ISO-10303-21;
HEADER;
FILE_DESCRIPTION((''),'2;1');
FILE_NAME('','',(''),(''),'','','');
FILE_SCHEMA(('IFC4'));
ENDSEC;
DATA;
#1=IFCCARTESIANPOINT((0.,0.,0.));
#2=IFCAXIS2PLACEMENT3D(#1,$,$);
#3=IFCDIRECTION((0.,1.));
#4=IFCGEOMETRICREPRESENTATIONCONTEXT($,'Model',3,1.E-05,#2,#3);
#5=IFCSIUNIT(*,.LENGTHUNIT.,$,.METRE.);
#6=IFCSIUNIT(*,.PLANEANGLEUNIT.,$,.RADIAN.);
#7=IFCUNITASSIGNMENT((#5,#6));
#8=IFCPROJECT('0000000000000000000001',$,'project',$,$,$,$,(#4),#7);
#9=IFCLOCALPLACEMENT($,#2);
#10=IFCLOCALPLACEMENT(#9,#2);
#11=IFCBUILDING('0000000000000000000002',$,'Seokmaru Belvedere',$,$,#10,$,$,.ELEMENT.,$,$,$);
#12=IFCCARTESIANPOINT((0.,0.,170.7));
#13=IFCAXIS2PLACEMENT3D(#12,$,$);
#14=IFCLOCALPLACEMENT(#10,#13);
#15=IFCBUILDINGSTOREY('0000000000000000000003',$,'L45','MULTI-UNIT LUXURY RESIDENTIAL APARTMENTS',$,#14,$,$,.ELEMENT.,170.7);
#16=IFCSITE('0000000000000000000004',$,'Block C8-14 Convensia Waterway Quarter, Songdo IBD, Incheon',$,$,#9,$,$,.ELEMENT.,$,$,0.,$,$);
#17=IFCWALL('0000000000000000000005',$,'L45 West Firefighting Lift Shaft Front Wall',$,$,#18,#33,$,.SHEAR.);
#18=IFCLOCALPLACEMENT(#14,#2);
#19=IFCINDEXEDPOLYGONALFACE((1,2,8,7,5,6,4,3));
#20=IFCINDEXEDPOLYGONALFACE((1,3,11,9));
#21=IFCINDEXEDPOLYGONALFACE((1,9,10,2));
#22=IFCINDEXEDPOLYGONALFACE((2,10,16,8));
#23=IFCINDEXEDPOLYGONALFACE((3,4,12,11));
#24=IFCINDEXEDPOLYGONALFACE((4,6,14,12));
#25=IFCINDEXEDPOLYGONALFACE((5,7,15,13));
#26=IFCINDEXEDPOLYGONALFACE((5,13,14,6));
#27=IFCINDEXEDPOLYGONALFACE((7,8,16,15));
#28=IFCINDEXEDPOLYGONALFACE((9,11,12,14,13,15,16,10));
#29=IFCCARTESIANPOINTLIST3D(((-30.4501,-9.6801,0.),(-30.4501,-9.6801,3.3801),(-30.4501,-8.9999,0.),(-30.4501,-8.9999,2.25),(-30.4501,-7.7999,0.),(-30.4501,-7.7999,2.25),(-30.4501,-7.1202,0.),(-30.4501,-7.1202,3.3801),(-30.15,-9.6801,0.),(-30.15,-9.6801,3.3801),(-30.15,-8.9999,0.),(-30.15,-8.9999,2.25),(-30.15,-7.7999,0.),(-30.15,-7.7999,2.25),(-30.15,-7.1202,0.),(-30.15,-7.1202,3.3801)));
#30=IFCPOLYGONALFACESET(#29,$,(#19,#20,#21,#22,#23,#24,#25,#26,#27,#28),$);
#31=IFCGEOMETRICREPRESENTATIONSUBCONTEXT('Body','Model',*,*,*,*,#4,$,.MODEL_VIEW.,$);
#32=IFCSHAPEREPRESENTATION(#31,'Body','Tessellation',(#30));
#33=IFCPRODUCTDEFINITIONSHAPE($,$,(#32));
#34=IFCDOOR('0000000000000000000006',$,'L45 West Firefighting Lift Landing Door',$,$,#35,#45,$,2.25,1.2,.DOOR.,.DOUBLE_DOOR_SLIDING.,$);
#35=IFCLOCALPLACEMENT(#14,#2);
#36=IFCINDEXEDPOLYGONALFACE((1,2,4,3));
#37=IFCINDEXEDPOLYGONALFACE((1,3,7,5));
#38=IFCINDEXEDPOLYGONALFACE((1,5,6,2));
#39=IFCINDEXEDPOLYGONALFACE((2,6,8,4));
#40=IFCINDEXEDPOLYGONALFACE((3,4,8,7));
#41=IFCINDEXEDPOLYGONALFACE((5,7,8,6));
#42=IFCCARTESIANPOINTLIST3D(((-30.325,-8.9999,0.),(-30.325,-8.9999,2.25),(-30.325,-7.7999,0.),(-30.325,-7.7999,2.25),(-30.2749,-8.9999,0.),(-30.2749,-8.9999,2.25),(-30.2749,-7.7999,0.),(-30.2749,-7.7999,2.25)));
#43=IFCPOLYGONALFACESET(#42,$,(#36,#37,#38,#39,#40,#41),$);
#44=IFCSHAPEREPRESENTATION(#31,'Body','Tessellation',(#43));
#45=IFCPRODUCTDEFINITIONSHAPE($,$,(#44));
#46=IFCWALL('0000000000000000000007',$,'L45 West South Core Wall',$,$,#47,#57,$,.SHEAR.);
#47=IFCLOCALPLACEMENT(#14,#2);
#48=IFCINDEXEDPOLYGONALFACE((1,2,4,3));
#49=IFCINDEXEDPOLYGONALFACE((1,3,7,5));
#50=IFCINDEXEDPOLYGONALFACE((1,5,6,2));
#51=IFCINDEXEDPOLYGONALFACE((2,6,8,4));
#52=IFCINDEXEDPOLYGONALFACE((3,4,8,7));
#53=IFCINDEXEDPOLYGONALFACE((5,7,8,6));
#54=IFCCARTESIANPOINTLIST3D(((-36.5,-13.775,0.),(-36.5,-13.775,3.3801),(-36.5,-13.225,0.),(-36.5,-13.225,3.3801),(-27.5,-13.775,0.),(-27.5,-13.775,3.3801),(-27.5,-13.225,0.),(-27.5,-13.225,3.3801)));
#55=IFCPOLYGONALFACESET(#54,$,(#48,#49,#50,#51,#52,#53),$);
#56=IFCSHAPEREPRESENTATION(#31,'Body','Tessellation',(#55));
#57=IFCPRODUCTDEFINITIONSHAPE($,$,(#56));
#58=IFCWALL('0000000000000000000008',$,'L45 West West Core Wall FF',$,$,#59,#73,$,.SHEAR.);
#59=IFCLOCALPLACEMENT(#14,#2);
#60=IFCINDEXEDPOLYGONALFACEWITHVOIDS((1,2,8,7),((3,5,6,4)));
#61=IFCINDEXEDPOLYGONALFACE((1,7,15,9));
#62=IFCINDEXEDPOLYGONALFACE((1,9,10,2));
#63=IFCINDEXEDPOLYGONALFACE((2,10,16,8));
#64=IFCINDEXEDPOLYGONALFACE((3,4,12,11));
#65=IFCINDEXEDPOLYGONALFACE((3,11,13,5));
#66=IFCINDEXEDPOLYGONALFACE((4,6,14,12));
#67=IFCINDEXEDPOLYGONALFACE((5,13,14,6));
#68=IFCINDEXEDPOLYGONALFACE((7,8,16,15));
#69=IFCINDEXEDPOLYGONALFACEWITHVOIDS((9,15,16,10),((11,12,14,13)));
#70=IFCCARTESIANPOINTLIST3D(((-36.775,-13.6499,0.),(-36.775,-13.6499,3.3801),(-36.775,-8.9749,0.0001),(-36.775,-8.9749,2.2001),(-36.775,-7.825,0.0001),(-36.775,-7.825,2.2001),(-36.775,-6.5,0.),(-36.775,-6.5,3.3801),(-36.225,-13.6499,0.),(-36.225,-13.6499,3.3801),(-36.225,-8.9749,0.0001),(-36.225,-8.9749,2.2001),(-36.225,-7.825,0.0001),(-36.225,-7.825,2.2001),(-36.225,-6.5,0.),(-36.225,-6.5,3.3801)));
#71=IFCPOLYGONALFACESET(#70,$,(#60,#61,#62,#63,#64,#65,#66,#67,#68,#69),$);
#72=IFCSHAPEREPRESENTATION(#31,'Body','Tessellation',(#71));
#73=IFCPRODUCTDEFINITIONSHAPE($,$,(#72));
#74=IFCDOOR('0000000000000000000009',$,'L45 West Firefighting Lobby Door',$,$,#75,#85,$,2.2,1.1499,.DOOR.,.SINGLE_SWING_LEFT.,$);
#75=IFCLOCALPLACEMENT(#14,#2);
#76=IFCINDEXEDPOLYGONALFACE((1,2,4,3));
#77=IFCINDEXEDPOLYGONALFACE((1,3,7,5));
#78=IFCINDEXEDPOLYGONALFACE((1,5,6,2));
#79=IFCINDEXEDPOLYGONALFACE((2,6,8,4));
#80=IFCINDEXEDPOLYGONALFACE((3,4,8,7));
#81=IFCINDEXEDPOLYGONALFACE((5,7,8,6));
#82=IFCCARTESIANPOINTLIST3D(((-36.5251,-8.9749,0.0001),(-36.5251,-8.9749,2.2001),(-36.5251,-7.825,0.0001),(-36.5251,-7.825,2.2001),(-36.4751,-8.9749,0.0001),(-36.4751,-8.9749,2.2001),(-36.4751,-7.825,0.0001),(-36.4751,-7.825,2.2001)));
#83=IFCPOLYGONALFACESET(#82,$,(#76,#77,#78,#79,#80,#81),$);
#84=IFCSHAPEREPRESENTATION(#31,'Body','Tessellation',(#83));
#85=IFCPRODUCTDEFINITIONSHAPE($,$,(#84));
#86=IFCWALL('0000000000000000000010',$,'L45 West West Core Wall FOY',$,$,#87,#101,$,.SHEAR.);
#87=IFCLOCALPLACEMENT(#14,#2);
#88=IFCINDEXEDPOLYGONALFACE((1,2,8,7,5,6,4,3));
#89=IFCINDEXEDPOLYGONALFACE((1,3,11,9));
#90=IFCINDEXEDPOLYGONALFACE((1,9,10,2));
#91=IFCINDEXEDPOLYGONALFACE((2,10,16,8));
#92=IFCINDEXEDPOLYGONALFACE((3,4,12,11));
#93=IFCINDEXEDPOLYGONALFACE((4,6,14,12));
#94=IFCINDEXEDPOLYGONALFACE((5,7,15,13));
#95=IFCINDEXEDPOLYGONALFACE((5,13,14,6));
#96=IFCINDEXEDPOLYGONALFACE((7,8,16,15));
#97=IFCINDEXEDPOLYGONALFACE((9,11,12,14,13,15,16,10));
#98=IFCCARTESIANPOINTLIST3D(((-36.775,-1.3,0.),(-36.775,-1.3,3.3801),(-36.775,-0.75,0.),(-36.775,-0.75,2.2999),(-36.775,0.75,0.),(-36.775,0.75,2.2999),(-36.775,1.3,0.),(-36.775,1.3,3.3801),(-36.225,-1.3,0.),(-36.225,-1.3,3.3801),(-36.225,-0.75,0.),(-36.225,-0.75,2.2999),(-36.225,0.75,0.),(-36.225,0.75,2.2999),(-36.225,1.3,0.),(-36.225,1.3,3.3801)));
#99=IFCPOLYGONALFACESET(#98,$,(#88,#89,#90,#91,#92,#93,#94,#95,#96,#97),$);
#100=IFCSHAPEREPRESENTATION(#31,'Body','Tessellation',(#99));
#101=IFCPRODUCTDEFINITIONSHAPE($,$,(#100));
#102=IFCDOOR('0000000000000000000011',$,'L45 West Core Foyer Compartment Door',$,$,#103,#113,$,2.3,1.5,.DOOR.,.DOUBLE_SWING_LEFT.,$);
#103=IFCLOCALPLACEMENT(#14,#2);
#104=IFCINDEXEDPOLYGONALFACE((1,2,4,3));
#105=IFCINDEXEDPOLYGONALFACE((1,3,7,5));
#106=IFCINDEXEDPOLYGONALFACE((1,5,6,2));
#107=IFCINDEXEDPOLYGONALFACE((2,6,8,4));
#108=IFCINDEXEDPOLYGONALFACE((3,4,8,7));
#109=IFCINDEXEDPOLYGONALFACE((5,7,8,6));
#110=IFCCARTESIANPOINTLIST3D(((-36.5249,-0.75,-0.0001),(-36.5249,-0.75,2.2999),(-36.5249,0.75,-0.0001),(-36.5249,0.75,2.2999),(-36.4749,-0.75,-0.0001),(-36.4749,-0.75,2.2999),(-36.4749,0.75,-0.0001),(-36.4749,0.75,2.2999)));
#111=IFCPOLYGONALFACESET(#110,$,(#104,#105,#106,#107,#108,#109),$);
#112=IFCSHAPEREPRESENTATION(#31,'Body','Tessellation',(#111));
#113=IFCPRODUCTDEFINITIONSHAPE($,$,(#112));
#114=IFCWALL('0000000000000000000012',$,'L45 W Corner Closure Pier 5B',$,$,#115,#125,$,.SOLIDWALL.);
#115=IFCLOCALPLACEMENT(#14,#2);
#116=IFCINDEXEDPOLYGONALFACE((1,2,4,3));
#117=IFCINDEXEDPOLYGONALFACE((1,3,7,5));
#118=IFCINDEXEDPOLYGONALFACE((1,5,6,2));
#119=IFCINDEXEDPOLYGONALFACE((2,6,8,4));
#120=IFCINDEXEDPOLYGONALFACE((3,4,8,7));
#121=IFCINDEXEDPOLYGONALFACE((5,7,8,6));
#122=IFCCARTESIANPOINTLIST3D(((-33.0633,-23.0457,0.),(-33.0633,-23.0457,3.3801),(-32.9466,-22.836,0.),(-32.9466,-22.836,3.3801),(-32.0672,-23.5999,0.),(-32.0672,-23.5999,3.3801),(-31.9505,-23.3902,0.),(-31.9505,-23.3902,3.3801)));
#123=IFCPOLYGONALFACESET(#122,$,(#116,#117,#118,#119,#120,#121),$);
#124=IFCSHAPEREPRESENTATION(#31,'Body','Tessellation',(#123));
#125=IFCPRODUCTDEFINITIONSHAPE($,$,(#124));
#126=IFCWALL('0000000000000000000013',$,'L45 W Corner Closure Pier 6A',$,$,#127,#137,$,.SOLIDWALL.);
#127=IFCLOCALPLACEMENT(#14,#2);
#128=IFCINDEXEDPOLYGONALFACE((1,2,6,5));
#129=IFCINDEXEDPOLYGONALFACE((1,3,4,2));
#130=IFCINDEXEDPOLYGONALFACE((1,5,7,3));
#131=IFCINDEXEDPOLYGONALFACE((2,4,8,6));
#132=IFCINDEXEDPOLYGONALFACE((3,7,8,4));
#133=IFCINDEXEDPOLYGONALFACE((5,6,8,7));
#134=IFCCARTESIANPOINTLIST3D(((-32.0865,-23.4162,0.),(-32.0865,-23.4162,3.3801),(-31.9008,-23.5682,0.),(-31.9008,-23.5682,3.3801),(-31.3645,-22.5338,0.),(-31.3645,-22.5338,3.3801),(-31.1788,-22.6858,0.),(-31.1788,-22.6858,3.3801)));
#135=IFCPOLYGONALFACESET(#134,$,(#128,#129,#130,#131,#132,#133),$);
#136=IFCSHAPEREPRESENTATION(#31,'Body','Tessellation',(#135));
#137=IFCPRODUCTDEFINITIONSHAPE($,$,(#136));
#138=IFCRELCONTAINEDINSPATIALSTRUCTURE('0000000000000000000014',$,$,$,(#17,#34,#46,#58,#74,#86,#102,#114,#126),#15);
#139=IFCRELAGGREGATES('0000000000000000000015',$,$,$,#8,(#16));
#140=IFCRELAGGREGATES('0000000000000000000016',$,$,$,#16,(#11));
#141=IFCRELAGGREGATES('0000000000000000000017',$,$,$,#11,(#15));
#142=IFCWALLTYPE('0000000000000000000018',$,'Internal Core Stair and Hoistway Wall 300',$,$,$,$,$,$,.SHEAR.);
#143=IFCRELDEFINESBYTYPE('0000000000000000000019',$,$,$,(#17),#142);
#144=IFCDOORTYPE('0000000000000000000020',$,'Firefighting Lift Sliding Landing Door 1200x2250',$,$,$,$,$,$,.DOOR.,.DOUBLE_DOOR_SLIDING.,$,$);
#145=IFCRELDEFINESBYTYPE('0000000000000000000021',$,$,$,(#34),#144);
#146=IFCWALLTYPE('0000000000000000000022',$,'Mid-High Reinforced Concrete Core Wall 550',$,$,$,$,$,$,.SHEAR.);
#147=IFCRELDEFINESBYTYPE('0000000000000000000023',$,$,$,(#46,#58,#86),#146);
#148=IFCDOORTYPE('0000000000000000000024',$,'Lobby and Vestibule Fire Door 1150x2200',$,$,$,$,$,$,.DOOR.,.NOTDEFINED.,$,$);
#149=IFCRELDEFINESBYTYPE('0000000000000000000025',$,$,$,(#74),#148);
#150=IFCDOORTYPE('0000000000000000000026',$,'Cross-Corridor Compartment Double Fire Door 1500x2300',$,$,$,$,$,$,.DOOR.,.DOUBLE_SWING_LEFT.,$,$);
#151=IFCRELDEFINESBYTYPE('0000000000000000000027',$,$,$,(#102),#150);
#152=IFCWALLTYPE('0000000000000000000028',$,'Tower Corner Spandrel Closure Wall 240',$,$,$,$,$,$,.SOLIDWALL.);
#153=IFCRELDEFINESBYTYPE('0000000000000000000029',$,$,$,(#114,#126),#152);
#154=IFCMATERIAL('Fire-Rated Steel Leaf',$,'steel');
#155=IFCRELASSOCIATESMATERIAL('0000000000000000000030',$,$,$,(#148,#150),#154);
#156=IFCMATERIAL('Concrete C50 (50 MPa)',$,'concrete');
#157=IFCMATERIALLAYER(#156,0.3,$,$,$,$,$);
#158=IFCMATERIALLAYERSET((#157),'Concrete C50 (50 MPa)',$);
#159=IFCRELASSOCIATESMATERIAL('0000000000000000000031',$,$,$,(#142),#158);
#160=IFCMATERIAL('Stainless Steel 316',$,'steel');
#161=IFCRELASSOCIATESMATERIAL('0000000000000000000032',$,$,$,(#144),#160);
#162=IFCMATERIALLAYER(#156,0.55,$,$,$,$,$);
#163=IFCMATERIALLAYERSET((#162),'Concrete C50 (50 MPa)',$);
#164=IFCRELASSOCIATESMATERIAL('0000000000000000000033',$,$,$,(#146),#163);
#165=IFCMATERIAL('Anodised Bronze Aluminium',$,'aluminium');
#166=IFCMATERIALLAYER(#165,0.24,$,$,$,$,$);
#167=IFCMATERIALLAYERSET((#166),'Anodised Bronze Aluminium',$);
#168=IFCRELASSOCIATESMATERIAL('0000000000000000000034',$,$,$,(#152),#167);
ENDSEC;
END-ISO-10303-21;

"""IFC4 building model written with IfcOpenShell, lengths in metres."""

from ifc_helpers import new_model, si_unit, direction, frame, frame_2d, origin, place, context, subcontext, project, spatial, rectangle, extrude, source, transform, mapped, material, layer, layer_set, type_object, type_shapes, element, fill, save


model = new_model("IFC4")

# Units and contexts
model_context = context("Model", 3, precision=1e-05, world=origin(), true_north=direction((0.0, 1.0)))
body_context = subcontext(model_context, "Body", "Model", "MODEL_VIEW")
ifc_project = project(units=[si_unit("LENGTHUNIT", "METRE"), si_unit("PLANEANGLEUNIT", "RADIAN")], contexts=[model_context])

# Site, building, storey
site_placement = place(None, origin())
site = spatial("IfcSite", under=ifc_project, at=site_placement, Name="Block C8-14 Convensia Waterway Quarter, Songdo IBD, Incheon", CompositionType="ELEMENT", RefElevation=0.0)
building_placement = place(site_placement, origin())
building = spatial("IfcBuilding", under=site, at=building_placement, Name="Seokmaru Belvedere", CompositionType="ELEMENT")
storey_placement = place(building_placement, frame((0.0, 0.0, 170.7)))
storey = spatial("IfcBuildingStorey", under=building, at=storey_placement, Name="L45", Description="MULTI-UNIT LUXURY RESIDENTIAL APARTMENTS", CompositionType="ELEMENT", Elevation=170.7)

# Shared definitions
ifc_material_1 = material(Name="Anodised Bronze Aluminium", Category="aluminium")

# Shared definitions
ifc_material_2 = material(Name="Fire-Rated Steel Leaf", Category="steel")
door_type_1 = type_object("IfcDoorType", Name="Lobby and Vestibule Fire Door 1150x2200", OperationType="NOTDEFINED", PredefinedType="DOOR", material=ifc_material_2)
shared_shape_1 = source(origin(), body_context, "Body", "SweptSolid", [
    extrude(rectangle(XDim=1.1499, YDim=2.2, at=frame_2d((0.575, 1.1001))), frame((0.0, 0.0249, 0.0), z_axis=(0.0, -1.0, 0.0), x_axis=(1.0, 0.0, 0.0)), (0.0, 0.0, 1.0), 0.05),
])
type_shapes(door_type_1, [shared_shape_1])

# Wall, opening, door
ifc_material_3 = material(Name="Concrete C50 (50 MPa)", Category="concrete")
ifc_layer_1 = layer(ifc_material_3, 0.3)
ifc_layer_set_1 = layer_set([ifc_layer_1], Name="Concrete C50 (50 MPa)")
wall_type_1 = type_object("IfcWallType", Name="Internal Core Stair and Hoistway Wall 300", PredefinedType="SHEAR", material=ifc_layer_set_1)
wall_1_placement = place(storey_placement, frame((-30.3, -9.6799, 0.0), z_axis=(0.0, 0.0, 1.0), x_axis=(0.0, 1.0, 0.0)))
wall_1 = element("IfcWall", 1, at=wall_1_placement, inside=storey, type_object=wall_type_1, Name="L45 West Firefighting Lift Shaft Front Wall", PredefinedType="SHEAR", context=body_context, shape_type="SweptSolid", body=[
    extrude(rectangle(XDim=2.5598, YDim=0.3, at=frame_2d((1.2798, 0.0))), origin(), (0.0, 0.0, 1.0), 3.3801),
])
opening_1_placement = place(wall_1_placement, frame((0.6799, 0.0, 0.0)))
opening_1 = element("IfcOpeningElement", 2, at=opening_1_placement, cuts=wall_1, PredefinedType="OPENING", context=body_context, shape_type="SweptSolid", body=[
    extrude(rectangle(XDim=1.2, YDim=2.25, at=frame_2d((0.6001, 1.125))), frame((0.0, 0.1602, 0.0), z_axis=(0.0, -1.0, 0.0), x_axis=(1.0, 0.0, 0.0)), (0.0, 0.0, 1.0), 0.3201),
])
ifc_material_4 = material(Name="Stainless Steel 316", Category="steel")
door_type_2 = type_object("IfcDoorType", Name="Firefighting Lift Sliding Landing Door 1200x2250", OperationType="DOUBLE_DOOR_SLIDING", PredefinedType="DOOR", material=ifc_material_4)
shared_shape_2 = source(origin(), body_context, "Body", "SweptSolid", [
    extrude(rectangle(XDim=1.2, YDim=2.25, at=frame_2d((0.6001, 1.125))), frame((0.0, 0.0249, 0.0), z_axis=(0.0, -1.0, 0.0), x_axis=(1.0, 0.0, 0.0)), (0.0, 0.0, 1.0), 0.05),
])
type_shapes(door_type_2, [shared_shape_2])
door_1_placement = place(opening_1_placement, origin())
door_1 = element("IfcDoor", 3, at=door_1_placement, inside=storey, type_object=door_type_2, Name="L45 West Firefighting Lift Landing Door", OperationType="DOUBLE_DOOR_SLIDING", OverallHeight=2.25, OverallWidth=1.2, PredefinedType="DOOR", context=body_context, shape_type="MappedRepresentation", body=[
    mapped(shared_shape_2, transform((0.0, 0.0, 0.0), scale=1.0)),
])
fill(opening_1, door_1)

# Wall
ifc_layer_2 = layer(ifc_material_3, 0.55)
ifc_layer_set_2 = layer_set([ifc_layer_2], Name="Concrete C50 (50 MPa)")
wall_type_2 = type_object("IfcWallType", Name="Mid-High Reinforced Concrete Core Wall 550", PredefinedType="SHEAR", material=ifc_layer_set_2)
wall_2_placement = place(storey_placement, frame((-36.5, -13.5, 0.0), z_axis=(0.0, 0.0, 1.0), x_axis=(1.0, 0.0, 0.0)))
element("IfcWall", 4, at=wall_2_placement, inside=storey, type_object=wall_type_2, Name="L45 West South Core Wall", PredefinedType="SHEAR", context=body_context, shape_type="SweptSolid", body=[
    extrude(rectangle(XDim=9.0, YDim=0.55, at=frame_2d((4.5, 0.0))), origin(), (0.0, 0.0, 1.0), 3.3801),
])

# Walls, openings, doors
wall_3_placement = place(storey_placement, frame((-36.5, -13.6499, 0.0), z_axis=(0.0, 0.0, 1.0), x_axis=(0.0, 1.0, 0.0)))
wall_3 = element("IfcWall", 5, at=wall_3_placement, inside=storey, type_object=wall_type_2, Name="L45 West West Core Wall FF", PredefinedType="SHEAR", context=body_context, shape_type="SweptSolid", body=[
    extrude(rectangle(XDim=7.1499, YDim=0.55, at=frame_2d((3.575, 0.0))), origin(), (0.0, 0.0, 1.0), 3.3801),
])
opening_2_placement = place(wall_3_placement, frame((4.675, 0.0, 0.0)))
opening_2 = element("IfcOpeningElement", 6, at=opening_2_placement, cuts=wall_3, PredefinedType="OPENING", context=body_context, shape_type="SweptSolid", body=[
    extrude(rectangle(XDim=1.1499, YDim=2.2, at=frame_2d((0.575, 1.1001))), frame((0.0, 0.2852, 0.0), z_axis=(0.0, -1.0, 0.0), x_axis=(1.0, 0.0, 0.0)), (0.0, 0.0, 1.0), 0.5701),
])
door_2_placement = place(opening_2_placement, frame((1.1499, 0.0, 0.0), z_axis=(0.0, 0.0, 1.0), x_axis=(-1.0, 0.0, 0.0)))
door_2 = element("IfcDoor", 7, at=door_2_placement, inside=storey, type_object=door_type_1, Name="L45 West Firefighting Lobby Door", OperationType="SINGLE_SWING_LEFT", OverallHeight=2.2, OverallWidth=1.1499, PredefinedType="DOOR", context=body_context, shape_type="MappedRepresentation", body=[
    mapped(shared_shape_1, transform((0.0, 0.0, 0.0), scale=1.0)),
])
fill(opening_2, door_2)
wall_4_placement = place(storey_placement, frame((-36.5, -1.3, 0.0), z_axis=(0.0, 0.0, 1.0), x_axis=(0.0, 1.0, 0.0)))
wall_4 = element("IfcWall", 8, at=wall_4_placement, inside=storey, type_object=wall_type_2, Name="L45 West West Core Wall FOY", PredefinedType="SHEAR", context=body_context, shape_type="SweptSolid", body=[
    extrude(rectangle(XDim=2.6001, YDim=0.55, at=frame_2d((1.3, 0.0))), origin(), (0.0, 0.0, 1.0), 3.3801),
])
opening_3_placement = place(wall_4_placement, frame((0.55, 0.0, 0.0)))
opening_3 = element("IfcOpeningElement", 9, at=opening_3_placement, cuts=wall_4, PredefinedType="OPENING", context=body_context, shape_type="SweptSolid", body=[
    extrude(rectangle(XDim=1.5, YDim=2.3, at=frame_2d((0.75, 1.1499))), frame((0.0, 0.2852, 0.0), z_axis=(0.0, -1.0, 0.0), x_axis=(1.0, 0.0, 0.0)), (0.0, 0.0, 1.0), 0.5701),
])
door_type_3 = type_object("IfcDoorType", Name="Cross-Corridor Compartment Double Fire Door 1500x2300", OperationType="DOUBLE_SWING_LEFT", PredefinedType="DOOR", material=ifc_material_2)
shared_shape_3 = source(origin(), body_context, "Body", "SweptSolid", [
    extrude(rectangle(XDim=1.5, YDim=2.3, at=frame_2d((0.75, 1.1499))), frame((0.0, 0.0249, 0.0), z_axis=(0.0, -1.0, 0.0), x_axis=(1.0, 0.0, 0.0)), (0.0, 0.0, 1.0), 0.05),
])
type_shapes(door_type_3, [shared_shape_3])
door_3_placement = place(opening_3_placement, origin())
door_3 = element("IfcDoor", 10, at=door_3_placement, inside=storey, type_object=door_type_3, Name="L45 West Core Foyer Compartment Door", OperationType="DOUBLE_SWING_LEFT", OverallHeight=2.3, OverallWidth=1.5, PredefinedType="DOOR", context=body_context, shape_type="MappedRepresentation", body=[
    mapped(shared_shape_3, transform((0.0, 0.0, 0.0), scale=1.0)),
])
fill(opening_3, door_3)

# Walls
ifc_layer_3 = layer(ifc_material_1, 0.24)
ifc_layer_set_3 = layer_set([ifc_layer_3], Name="Anodised Bronze Aluminium")
wall_type_3 = type_object("IfcWallType", Name="Tower Corner Spandrel Closure Wall 240", PredefinedType="SOLIDWALL", material=ifc_layer_set_3)
wall_5_placement = place(storey_placement, frame((-33.0049, -22.9409, 0.0), z_axis=(0.0, 0.0, 1.0), x_axis=(0.873854, -0.486188, 0.0)))
element("IfcWall", 11, at=wall_5_placement, inside=storey, type_object=wall_type_3, Name="L45 W Corner Closure Pier 5B", PredefinedType="SOLIDWALL", context=body_context, shape_type="SweptSolid", body=[
    extrude(rectangle(XDim=1.1399, YDim=0.24, at=frame_2d((0.5698, 0.0))), origin(), (0.0, 0.0, 1.0), 3.3801),
])
wall_6_placement = place(storey_placement, frame((-31.9937, -23.4922, 0.0), z_axis=(0.0, 0.0, 1.0), x_axis=(0.633249, 0.773948, 0.0)))
element("IfcWall", 12, at=wall_6_placement, inside=storey, type_object=wall_type_3, Name="L45 W Corner Closure Pier 6A", PredefinedType="SOLIDWALL", context=body_context, shape_type="SweptSolid", body=[
    extrude(rectangle(XDim=1.1401, YDim=0.24, at=frame_2d((0.5701, 0.0))), origin(), (0.0, 0.0, 1.0), 3.3801),
])

save(model, "model.ifc")
